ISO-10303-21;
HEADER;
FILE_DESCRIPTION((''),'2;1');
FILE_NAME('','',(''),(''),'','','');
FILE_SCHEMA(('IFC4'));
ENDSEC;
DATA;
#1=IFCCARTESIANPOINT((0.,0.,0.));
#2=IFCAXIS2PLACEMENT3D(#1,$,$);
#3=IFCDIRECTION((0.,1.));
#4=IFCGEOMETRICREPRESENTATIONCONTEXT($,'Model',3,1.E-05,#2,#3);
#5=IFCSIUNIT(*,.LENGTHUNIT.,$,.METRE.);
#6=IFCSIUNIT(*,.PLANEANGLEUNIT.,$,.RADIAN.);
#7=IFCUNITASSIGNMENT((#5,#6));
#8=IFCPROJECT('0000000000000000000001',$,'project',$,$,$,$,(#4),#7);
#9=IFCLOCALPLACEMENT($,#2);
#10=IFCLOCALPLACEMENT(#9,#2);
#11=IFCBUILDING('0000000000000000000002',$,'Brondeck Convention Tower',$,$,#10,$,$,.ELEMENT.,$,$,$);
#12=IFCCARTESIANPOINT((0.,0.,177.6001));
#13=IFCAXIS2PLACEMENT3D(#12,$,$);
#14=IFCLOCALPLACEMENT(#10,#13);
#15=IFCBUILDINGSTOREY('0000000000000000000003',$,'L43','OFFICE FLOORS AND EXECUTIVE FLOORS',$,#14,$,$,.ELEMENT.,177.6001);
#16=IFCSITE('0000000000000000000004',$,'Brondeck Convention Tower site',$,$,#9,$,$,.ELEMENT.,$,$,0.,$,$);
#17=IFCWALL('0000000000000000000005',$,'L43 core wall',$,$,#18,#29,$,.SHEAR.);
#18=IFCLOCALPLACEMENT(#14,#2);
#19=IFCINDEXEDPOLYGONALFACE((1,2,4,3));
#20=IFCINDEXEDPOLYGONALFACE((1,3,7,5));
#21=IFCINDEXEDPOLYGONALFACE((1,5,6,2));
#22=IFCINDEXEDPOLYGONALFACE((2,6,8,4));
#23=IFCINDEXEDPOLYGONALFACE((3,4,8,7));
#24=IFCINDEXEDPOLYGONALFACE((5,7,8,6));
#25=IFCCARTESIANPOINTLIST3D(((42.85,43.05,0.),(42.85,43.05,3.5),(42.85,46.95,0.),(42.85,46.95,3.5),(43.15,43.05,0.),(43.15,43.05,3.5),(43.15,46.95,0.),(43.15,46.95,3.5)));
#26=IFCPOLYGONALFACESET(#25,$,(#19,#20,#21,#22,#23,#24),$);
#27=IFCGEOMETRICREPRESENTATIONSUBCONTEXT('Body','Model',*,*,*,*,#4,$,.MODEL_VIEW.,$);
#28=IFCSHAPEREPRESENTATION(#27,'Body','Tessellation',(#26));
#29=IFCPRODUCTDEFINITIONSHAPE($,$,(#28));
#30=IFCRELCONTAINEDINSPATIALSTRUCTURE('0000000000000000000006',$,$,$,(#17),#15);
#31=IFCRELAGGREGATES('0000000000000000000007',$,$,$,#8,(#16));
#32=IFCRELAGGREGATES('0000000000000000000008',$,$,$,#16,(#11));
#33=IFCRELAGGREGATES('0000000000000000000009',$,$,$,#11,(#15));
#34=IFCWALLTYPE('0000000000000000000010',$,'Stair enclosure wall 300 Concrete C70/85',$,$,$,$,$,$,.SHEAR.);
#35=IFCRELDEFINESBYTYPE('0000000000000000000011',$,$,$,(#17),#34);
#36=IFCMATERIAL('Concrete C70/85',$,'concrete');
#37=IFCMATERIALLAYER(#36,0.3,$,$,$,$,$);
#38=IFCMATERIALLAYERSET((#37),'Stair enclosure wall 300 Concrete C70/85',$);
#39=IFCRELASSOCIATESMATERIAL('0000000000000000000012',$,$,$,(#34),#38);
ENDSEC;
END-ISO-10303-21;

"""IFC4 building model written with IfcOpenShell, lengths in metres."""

from ifc_helpers import new_model, si_unit, direction, frame, frame_2d, origin, place, context, subcontext, project, spatial, rectangle, extrude, material, layer, layer_set, type_object, element, save


model = new_model("IFC4")

# Units and contexts
model_context = context("Model", 3, precision=1e-05, world=origin(), true_north=direction((0.0, 1.0)))
body_context = subcontext(model_context, "Body", "Model", "MODEL_VIEW")
ifc_project = project(units=[si_unit("LENGTHUNIT", "METRE"), si_unit("PLANEANGLEUNIT", "RADIAN")], contexts=[model_context])

# Site, building, storey
site_placement = place(None, origin())
site = spatial("IfcSite", under=ifc_project, at=site_placement, Name="Brondeck Convention Tower site", CompositionType="ELEMENT", RefElevation=0.0)
building_placement = place(site_placement, origin())
building = spatial("IfcBuilding", under=site, at=building_placement, Name="Brondeck Convention Tower", CompositionType="ELEMENT")
storey_placement = place(building_placement, frame((0.0, 0.0, 177.6001)))
storey = spatial("IfcBuildingStorey", under=building, at=storey_placement, Name="L43", Description="OFFICE FLOORS AND EXECUTIVE FLOORS", CompositionType="ELEMENT", Elevation=177.6001)

# Shared definitions
ifc_material_1 = material(Name="Concrete C70/85", Category="concrete")

# Wall
ifc_layer_1 = layer(ifc_material_1, 0.3)
ifc_layer_set_1 = layer_set([ifc_layer_1], Name="Stair enclosure wall 300 Concrete C70/85")
wall_type_1 = type_object("IfcWallType", Name="Stair enclosure wall 300 Concrete C70/85", PredefinedType="SHEAR", material=ifc_layer_set_1)
wall_1_placement = place(storey_placement, frame((43.0, 43.05, 0.0), z_axis=(0.0, 0.0, 1.0), x_axis=(0.0, 1.0, 0.0)))
element("IfcWall", 1, at=wall_1_placement, inside=storey, type_object=wall_type_1, Name="L43 core wall", PredefinedType="SHEAR", context=body_context, shape_type="SweptSolid", body=[
    extrude(rectangle(XDim=3.8999, YDim=0.3, at=frame_2d((1.95, 0.0))), origin(), (0.0, 0.0, 1.0), 3.5),
])

save(model, "model.ifc")
